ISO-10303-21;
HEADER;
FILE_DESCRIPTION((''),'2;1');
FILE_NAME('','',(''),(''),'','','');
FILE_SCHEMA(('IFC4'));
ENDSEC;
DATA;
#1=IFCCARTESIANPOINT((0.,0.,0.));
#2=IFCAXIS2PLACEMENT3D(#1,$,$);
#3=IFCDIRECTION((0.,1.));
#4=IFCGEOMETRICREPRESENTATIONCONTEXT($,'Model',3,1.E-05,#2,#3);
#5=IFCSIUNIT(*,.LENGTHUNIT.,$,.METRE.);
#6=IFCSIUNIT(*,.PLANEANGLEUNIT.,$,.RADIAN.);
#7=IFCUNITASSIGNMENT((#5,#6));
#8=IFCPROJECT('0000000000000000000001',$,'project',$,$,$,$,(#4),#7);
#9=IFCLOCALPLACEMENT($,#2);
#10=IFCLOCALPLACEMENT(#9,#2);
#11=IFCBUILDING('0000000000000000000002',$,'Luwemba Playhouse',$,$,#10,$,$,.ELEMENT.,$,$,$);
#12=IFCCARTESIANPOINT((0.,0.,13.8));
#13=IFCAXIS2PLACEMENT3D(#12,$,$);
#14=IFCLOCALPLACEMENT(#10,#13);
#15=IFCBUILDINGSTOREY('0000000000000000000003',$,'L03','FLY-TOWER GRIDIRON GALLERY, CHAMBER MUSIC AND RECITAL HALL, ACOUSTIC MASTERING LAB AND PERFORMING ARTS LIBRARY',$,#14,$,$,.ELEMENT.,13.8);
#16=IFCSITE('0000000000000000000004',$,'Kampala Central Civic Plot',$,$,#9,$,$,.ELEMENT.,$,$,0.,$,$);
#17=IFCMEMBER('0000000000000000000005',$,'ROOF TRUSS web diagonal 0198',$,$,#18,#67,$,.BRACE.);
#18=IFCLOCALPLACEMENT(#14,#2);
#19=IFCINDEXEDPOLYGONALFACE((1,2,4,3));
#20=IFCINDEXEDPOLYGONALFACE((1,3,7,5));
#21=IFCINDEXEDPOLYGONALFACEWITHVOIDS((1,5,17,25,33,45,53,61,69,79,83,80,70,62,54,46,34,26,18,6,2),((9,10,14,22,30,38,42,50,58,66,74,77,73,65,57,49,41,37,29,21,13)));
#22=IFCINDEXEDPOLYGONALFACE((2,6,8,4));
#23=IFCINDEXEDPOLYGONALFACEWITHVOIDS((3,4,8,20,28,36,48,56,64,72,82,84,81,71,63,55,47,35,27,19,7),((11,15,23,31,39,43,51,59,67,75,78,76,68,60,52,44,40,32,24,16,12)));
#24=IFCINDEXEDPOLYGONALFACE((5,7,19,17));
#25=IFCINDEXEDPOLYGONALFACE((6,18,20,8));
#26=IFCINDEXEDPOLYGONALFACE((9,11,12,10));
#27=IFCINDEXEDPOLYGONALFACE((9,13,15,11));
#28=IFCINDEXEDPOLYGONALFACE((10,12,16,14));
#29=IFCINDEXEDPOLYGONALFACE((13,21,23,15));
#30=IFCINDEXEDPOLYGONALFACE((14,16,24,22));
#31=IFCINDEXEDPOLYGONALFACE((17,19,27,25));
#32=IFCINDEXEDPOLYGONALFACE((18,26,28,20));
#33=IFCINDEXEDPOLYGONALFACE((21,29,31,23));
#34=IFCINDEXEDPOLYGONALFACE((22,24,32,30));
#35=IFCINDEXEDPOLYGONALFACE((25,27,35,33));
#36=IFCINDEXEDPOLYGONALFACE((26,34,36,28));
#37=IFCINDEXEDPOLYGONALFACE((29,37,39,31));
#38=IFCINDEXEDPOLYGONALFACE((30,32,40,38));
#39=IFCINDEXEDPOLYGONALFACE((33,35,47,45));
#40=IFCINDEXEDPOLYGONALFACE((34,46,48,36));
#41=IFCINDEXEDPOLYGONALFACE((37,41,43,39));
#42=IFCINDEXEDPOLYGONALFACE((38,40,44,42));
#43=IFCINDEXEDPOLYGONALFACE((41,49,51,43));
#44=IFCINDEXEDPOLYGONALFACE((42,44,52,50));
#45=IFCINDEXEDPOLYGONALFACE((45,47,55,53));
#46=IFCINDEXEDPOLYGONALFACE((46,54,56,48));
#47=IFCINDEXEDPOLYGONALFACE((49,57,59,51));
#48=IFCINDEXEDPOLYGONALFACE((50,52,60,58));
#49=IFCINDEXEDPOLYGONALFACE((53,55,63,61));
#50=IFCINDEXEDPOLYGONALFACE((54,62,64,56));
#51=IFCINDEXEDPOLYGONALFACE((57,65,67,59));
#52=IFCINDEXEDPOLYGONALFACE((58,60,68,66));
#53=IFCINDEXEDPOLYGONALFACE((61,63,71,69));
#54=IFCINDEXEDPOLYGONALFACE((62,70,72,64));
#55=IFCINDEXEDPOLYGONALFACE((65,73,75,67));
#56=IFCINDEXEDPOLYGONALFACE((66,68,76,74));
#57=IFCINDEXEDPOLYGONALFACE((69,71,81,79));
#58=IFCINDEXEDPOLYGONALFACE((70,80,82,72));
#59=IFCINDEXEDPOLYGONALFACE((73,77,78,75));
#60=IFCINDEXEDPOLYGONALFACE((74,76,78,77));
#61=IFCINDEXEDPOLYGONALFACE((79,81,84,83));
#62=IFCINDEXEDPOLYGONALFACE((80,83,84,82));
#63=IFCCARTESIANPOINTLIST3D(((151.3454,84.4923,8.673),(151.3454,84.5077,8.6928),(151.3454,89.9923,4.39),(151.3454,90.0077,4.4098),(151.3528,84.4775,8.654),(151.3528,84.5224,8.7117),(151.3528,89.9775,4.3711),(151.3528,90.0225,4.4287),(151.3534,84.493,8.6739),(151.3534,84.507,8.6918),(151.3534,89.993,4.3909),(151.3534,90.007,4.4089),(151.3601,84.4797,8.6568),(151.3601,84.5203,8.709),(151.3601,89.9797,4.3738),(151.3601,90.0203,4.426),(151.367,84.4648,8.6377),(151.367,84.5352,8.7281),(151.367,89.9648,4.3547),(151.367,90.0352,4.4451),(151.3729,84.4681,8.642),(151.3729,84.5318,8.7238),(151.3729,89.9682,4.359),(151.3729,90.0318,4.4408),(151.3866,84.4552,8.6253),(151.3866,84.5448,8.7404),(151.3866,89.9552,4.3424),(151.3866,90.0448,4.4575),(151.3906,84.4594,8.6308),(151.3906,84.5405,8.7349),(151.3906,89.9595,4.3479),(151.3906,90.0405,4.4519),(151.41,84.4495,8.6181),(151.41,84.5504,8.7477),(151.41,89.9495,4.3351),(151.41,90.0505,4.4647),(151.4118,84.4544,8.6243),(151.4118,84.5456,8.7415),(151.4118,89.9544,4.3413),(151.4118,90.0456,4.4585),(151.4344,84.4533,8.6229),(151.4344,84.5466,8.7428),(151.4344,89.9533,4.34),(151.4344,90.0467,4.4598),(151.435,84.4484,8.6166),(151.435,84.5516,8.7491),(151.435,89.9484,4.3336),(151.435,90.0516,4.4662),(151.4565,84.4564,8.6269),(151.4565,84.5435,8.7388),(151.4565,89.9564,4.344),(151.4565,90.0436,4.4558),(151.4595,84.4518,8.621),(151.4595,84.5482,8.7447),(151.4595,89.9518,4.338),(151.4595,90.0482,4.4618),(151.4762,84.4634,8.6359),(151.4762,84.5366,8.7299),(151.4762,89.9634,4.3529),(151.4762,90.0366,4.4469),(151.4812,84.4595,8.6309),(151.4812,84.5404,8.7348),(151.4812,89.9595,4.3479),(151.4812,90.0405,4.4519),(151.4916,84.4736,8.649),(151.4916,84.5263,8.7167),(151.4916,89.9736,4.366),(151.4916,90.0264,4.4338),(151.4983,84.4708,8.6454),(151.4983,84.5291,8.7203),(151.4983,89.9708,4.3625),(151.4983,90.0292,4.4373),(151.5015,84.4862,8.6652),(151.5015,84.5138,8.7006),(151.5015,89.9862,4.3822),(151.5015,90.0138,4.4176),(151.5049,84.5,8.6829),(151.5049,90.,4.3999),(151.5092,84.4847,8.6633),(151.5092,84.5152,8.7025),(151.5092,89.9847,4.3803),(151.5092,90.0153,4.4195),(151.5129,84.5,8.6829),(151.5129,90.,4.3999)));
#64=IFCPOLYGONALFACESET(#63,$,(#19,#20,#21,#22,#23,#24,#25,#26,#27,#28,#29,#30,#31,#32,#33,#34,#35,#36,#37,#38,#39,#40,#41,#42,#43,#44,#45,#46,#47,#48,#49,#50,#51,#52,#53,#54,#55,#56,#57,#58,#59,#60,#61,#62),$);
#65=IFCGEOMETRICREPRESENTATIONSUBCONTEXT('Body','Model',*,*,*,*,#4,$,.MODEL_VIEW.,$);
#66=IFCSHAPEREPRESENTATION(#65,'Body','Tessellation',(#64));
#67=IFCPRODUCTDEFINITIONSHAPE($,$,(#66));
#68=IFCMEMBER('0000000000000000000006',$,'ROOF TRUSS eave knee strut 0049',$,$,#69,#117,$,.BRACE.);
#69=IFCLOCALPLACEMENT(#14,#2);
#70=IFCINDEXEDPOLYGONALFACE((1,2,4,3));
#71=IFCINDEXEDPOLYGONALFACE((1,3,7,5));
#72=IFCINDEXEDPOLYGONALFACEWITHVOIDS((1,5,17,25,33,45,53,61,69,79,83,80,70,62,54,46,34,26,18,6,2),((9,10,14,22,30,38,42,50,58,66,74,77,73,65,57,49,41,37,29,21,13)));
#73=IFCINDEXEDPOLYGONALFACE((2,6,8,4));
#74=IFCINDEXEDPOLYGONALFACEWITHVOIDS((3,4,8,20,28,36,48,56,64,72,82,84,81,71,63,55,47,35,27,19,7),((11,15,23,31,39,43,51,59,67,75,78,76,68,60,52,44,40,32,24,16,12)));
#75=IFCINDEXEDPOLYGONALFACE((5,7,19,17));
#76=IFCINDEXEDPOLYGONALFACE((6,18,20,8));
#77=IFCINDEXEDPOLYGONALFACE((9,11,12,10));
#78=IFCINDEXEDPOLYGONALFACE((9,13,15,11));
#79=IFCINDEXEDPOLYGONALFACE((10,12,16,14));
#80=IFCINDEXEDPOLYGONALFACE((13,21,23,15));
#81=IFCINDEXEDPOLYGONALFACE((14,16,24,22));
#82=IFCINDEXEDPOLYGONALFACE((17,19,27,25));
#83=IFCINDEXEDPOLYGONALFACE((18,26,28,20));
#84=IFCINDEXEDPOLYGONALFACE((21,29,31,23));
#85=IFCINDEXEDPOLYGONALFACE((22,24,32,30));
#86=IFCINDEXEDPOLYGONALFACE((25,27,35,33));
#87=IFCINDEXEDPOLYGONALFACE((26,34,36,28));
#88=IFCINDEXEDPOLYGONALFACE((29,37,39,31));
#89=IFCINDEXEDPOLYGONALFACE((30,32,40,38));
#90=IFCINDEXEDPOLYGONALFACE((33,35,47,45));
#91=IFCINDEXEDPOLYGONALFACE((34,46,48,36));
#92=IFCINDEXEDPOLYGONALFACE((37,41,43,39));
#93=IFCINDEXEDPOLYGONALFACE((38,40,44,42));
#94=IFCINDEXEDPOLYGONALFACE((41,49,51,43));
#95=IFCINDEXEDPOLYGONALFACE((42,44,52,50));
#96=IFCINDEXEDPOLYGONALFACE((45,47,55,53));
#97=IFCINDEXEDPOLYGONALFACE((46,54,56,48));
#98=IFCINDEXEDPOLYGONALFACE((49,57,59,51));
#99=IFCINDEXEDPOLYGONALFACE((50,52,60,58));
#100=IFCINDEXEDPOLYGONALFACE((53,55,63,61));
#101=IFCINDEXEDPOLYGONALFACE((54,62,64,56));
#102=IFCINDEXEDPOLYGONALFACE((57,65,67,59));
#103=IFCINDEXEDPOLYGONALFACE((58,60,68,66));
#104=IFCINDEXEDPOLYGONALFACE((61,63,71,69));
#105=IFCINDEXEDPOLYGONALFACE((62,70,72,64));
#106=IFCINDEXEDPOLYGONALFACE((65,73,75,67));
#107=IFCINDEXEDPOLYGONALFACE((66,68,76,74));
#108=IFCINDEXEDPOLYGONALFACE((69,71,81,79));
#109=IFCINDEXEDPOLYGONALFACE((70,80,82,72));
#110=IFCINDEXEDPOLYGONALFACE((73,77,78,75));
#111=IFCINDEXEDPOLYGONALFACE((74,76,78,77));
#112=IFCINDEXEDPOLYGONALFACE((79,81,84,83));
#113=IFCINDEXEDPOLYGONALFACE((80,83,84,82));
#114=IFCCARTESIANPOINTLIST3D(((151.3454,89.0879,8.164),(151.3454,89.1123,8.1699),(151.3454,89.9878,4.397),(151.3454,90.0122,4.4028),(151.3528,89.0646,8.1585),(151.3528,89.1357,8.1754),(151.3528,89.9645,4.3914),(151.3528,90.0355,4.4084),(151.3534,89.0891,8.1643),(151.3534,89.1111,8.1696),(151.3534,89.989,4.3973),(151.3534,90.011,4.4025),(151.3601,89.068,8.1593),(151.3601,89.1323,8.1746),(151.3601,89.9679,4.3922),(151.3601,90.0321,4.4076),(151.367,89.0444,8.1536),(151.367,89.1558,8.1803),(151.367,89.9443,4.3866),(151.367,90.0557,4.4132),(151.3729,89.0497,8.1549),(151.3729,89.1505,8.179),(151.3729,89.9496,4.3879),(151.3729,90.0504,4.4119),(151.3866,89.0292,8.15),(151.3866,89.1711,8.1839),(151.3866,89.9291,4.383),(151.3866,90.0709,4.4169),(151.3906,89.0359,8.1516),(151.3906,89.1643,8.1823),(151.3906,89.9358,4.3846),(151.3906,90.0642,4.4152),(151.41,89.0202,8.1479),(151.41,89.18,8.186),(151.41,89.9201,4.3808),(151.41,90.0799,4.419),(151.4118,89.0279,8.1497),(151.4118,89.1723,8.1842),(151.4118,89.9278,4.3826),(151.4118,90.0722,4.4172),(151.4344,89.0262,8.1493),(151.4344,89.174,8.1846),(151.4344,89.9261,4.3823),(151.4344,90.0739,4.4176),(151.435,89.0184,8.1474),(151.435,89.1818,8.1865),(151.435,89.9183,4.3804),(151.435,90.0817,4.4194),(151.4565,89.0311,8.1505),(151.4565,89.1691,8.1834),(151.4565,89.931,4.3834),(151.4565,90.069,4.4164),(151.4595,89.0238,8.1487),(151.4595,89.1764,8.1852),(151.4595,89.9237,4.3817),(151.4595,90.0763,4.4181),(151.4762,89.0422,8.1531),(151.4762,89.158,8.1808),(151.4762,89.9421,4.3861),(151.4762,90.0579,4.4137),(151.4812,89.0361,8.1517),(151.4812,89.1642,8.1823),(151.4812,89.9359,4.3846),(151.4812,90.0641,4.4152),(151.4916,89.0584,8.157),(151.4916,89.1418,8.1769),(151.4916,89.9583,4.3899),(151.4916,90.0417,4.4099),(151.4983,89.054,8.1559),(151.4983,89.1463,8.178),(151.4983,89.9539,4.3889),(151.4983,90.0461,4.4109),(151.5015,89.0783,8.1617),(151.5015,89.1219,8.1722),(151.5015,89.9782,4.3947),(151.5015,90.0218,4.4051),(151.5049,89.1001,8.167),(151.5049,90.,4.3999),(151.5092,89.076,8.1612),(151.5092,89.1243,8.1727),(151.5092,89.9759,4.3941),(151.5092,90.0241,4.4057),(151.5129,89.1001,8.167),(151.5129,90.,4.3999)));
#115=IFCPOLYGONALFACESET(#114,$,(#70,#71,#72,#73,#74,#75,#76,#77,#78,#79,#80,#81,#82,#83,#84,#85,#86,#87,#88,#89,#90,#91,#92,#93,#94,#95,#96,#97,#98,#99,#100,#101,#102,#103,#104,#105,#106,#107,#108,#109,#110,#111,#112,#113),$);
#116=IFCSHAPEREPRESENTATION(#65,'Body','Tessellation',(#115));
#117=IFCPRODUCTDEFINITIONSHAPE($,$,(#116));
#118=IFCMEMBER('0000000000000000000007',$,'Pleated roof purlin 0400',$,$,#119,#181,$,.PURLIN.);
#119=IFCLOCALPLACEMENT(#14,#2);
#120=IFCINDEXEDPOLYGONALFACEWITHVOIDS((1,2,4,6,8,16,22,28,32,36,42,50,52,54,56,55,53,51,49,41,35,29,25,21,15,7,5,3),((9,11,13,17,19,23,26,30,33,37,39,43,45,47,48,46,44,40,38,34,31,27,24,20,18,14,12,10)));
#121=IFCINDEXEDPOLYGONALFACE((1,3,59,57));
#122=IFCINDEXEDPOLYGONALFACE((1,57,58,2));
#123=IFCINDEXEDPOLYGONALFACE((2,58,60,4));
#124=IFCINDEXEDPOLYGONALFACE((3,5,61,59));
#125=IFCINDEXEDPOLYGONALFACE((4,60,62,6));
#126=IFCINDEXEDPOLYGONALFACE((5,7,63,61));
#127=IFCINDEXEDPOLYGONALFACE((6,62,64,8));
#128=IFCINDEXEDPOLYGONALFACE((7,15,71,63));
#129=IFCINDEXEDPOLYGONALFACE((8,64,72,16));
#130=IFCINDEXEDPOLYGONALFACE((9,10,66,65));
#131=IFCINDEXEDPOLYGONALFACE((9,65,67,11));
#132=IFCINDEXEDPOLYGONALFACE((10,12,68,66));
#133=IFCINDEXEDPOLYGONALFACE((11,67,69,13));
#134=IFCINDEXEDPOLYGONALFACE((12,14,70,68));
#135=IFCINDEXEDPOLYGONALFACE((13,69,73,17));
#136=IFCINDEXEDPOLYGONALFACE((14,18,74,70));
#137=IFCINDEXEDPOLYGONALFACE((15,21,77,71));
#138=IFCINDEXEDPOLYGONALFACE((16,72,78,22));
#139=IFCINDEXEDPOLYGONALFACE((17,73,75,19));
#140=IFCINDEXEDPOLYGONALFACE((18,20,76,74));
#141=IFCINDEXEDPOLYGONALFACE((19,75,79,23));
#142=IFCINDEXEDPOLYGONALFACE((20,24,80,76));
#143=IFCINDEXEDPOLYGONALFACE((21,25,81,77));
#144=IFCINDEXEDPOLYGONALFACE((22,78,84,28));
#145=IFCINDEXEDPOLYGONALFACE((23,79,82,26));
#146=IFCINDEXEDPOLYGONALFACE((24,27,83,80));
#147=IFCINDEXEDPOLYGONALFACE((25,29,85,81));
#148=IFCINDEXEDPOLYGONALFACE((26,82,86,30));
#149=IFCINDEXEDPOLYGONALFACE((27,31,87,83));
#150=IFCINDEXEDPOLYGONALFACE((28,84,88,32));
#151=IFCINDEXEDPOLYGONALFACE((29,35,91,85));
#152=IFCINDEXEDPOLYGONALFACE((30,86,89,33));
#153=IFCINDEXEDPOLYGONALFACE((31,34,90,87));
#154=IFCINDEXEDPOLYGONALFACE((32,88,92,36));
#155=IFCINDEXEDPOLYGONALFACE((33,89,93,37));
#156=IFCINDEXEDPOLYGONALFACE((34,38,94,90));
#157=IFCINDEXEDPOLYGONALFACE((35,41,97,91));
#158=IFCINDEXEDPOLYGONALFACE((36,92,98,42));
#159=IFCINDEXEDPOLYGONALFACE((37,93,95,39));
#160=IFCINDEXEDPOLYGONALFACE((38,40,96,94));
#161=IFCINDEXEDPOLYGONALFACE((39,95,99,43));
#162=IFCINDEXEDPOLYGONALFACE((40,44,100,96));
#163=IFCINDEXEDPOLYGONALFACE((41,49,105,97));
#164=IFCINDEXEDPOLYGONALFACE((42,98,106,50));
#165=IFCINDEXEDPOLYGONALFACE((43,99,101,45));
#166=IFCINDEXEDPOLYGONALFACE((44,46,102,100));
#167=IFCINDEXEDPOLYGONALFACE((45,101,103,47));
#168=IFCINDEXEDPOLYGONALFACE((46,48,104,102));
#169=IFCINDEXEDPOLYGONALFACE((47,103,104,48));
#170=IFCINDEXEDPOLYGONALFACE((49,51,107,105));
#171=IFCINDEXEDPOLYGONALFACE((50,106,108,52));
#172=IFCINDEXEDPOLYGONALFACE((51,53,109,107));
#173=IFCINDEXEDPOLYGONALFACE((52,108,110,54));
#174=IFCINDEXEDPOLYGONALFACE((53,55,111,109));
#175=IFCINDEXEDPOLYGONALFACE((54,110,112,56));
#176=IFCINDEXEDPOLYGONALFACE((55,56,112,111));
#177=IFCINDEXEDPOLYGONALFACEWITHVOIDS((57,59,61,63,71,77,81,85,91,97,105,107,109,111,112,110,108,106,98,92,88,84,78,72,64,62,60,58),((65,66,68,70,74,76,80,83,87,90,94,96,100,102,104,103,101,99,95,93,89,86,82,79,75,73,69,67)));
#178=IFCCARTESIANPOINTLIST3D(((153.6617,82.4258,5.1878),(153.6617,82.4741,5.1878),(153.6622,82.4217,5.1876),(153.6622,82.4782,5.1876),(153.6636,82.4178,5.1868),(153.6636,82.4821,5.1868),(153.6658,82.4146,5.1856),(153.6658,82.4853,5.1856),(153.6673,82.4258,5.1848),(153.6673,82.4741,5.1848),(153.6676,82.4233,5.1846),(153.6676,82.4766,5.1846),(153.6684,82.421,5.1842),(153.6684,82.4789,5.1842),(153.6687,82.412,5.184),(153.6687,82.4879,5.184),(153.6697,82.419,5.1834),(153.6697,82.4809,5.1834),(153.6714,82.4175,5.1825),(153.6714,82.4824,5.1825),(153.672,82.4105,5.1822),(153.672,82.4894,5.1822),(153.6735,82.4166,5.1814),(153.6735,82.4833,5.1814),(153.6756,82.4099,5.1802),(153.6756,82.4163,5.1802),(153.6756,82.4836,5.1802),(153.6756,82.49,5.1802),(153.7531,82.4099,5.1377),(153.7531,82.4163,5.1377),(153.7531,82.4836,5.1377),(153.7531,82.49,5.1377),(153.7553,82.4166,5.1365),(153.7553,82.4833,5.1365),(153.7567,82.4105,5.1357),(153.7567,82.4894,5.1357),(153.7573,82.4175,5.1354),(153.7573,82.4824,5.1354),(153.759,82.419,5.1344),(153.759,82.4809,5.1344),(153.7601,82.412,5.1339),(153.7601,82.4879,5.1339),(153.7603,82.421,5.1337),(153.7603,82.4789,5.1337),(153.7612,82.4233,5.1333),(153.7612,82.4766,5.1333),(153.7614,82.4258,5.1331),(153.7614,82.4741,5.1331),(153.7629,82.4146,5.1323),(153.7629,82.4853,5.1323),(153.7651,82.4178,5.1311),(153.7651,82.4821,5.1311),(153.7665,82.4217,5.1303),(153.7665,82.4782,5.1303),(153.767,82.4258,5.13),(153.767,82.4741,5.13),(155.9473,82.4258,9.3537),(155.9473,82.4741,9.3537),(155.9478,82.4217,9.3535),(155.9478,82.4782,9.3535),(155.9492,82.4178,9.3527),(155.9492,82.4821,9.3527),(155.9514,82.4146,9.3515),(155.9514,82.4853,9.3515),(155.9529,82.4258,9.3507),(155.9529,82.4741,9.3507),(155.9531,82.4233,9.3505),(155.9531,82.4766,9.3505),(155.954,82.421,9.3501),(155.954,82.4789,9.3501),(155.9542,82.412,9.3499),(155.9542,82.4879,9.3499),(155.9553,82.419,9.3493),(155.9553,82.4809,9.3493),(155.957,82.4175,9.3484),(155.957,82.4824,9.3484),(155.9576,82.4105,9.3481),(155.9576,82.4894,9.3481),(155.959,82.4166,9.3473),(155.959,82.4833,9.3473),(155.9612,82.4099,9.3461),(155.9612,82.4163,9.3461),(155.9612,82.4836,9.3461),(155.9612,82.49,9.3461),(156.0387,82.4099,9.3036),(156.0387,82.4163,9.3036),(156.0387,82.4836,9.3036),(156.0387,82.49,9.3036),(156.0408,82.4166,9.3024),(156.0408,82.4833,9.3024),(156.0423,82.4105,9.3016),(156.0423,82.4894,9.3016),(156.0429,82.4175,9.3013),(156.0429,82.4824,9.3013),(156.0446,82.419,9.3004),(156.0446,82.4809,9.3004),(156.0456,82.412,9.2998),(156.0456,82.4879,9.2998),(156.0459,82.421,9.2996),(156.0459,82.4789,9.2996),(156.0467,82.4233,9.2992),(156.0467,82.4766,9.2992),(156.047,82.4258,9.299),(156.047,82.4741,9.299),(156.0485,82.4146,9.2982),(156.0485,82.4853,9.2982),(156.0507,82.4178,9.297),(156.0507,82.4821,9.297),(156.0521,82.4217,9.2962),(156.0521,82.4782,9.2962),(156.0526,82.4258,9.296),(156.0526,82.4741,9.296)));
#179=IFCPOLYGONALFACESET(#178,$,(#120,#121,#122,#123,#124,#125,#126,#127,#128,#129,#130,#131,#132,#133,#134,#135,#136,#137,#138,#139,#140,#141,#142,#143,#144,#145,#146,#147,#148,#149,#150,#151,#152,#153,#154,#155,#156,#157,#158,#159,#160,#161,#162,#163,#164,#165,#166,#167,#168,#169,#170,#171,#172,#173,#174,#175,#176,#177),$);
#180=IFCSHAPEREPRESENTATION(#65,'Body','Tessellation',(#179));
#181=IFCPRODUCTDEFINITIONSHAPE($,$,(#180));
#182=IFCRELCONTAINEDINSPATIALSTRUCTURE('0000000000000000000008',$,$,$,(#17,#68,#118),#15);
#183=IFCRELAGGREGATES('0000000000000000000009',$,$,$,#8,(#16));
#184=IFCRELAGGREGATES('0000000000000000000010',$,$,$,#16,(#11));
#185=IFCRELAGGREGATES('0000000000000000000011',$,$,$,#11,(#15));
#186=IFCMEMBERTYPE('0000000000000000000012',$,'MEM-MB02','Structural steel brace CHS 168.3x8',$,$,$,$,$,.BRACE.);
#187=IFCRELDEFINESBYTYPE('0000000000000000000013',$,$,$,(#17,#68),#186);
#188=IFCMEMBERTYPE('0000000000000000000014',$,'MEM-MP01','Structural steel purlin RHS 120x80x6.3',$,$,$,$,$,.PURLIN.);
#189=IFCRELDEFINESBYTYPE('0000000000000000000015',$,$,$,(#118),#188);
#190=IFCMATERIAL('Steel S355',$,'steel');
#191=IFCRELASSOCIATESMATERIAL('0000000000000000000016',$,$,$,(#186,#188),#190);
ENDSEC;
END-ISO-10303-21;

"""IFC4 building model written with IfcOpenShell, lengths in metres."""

from ifc_helpers import new_model, si_unit, direction, frame, origin, origin_2d, place, context, subcontext, project, spatial, hollow_rectangle, hollow_circle, extrude, material, material_profile, profile_set, type_object, element, save


model = new_model("IFC4")

# Units and contexts
model_context = context("Model", 3, precision=1e-05, world=origin(), true_north=direction((0.0, 1.0)))
body_context = subcontext(model_context, "Body", "Model", "MODEL_VIEW")
ifc_project = project(units=[si_unit("LENGTHUNIT", "METRE"), si_unit("PLANEANGLEUNIT", "RADIAN")], contexts=[model_context])

# Site, building, storey
site_placement = place(None, origin())
site = spatial("IfcSite", under=ifc_project, at=site_placement, Name="Kampala Central Civic Plot", CompositionType="ELEMENT", RefElevation=0.0)
building_placement = place(site_placement, origin())
building = spatial("IfcBuilding", under=site, at=building_placement, Name="Luwemba Playhouse", CompositionType="ELEMENT")
storey_placement = place(building_placement, frame((0.0, 0.0, 13.8)))
storey = spatial("IfcBuildingStorey", under=building, at=storey_placement, Name="L03", Description="FLY-TOWER GRIDIRON GALLERY, CHAMBER MUSIC AND RECITAL HALL, ACOUSTIC MASTERING LAB AND PERFORMING ARTS LIBRARY", CompositionType="ELEMENT", Elevation=13.8)

# Shared definitions
ifc_material_1 = material(Name="Steel S355", Category="steel")

# Members
ifc_material_profile_1 = material_profile(ifc_material_1, hollow_circle(Radius=0.0842, WallThickness=0.0081, at=origin_2d()))
ifc_profile_set_1 = profile_set([ifc_material_profile_1], Name="Steel S355")
member_type_1 = type_object("IfcMemberType", Name="MEM-MB02", Description="Structural steel brace CHS 168.3x8", PredefinedType="BRACE", material=ifc_profile_set_1)
member_1_placement = place(storey_placement, frame((151.4287, 90.0, 4.3999), z_axis=(0.0, -0.788992, 0.614404), x_axis=(1.0, 0.0, 0.0)))
element("IfcMember", 1, at=member_1_placement, inside=storey, type_object=member_type_1, Name="ROOF TRUSS web diagonal 0198", PredefinedType="BRACE", context=body_context, shape_type="SweptSolid", body=[
    extrude(hollow_circle(Radius=0.0842, WallThickness=0.0081, at=origin_2d()), origin(), (0.0, 0.0, 1.0), 6.9709),
])
member_2_placement = place(storey_placement, frame((151.4287, 90.0, 4.3999), z_axis=(0.0, -0.232348, 0.972633), x_axis=(1.0, 0.0, 0.0)))
element("IfcMember", 2, at=member_2_placement, inside=storey, type_object=member_type_1, Name="ROOF TRUSS eave knee strut 0049", PredefinedType="BRACE", context=body_context, shape_type="SweptSolid", body=[
    extrude(hollow_circle(Radius=0.0842, WallThickness=0.0081, at=origin_2d()), origin(), (0.0, 0.0, 1.0), 3.873),
])
ifc_material_profile_2 = material_profile(ifc_material_1, hollow_rectangle(XDim=0.0801, YDim=0.1201, WallThickness=0.0063, InnerFilletRadius=0.0095, OuterFilletRadius=0.0159, at=origin_2d()))
ifc_profile_set_2 = profile_set([ifc_material_profile_2], Name="Steel S355")
member_type_2 = type_object("IfcMemberType", Name="MEM-MP01", Description="Structural steel purlin RHS 120x80x6.3", PredefinedType="PURLIN", material=ifc_profile_set_2)
member_3_placement = place(storey_placement, frame((153.7144, 82.45, 5.1589), z_axis=(0.481003, 0.0, 0.876719), x_axis=(0.0, 1.0, 0.0)))
element("IfcMember", 3, at=member_3_placement, inside=storey, type_object=member_type_2, Name="Pleated roof purlin 0400", PredefinedType="PURLIN", context=body_context, shape_type="SweptSolid", body=[
    extrude(hollow_rectangle(XDim=0.0801, YDim=0.1201, WallThickness=0.0063, InnerFilletRadius=0.0095, OuterFilletRadius=0.0159, at=origin_2d()), origin(), (0.0, 0.0, 1.0), 4.7517),
])

save(model, "model.ifc")
